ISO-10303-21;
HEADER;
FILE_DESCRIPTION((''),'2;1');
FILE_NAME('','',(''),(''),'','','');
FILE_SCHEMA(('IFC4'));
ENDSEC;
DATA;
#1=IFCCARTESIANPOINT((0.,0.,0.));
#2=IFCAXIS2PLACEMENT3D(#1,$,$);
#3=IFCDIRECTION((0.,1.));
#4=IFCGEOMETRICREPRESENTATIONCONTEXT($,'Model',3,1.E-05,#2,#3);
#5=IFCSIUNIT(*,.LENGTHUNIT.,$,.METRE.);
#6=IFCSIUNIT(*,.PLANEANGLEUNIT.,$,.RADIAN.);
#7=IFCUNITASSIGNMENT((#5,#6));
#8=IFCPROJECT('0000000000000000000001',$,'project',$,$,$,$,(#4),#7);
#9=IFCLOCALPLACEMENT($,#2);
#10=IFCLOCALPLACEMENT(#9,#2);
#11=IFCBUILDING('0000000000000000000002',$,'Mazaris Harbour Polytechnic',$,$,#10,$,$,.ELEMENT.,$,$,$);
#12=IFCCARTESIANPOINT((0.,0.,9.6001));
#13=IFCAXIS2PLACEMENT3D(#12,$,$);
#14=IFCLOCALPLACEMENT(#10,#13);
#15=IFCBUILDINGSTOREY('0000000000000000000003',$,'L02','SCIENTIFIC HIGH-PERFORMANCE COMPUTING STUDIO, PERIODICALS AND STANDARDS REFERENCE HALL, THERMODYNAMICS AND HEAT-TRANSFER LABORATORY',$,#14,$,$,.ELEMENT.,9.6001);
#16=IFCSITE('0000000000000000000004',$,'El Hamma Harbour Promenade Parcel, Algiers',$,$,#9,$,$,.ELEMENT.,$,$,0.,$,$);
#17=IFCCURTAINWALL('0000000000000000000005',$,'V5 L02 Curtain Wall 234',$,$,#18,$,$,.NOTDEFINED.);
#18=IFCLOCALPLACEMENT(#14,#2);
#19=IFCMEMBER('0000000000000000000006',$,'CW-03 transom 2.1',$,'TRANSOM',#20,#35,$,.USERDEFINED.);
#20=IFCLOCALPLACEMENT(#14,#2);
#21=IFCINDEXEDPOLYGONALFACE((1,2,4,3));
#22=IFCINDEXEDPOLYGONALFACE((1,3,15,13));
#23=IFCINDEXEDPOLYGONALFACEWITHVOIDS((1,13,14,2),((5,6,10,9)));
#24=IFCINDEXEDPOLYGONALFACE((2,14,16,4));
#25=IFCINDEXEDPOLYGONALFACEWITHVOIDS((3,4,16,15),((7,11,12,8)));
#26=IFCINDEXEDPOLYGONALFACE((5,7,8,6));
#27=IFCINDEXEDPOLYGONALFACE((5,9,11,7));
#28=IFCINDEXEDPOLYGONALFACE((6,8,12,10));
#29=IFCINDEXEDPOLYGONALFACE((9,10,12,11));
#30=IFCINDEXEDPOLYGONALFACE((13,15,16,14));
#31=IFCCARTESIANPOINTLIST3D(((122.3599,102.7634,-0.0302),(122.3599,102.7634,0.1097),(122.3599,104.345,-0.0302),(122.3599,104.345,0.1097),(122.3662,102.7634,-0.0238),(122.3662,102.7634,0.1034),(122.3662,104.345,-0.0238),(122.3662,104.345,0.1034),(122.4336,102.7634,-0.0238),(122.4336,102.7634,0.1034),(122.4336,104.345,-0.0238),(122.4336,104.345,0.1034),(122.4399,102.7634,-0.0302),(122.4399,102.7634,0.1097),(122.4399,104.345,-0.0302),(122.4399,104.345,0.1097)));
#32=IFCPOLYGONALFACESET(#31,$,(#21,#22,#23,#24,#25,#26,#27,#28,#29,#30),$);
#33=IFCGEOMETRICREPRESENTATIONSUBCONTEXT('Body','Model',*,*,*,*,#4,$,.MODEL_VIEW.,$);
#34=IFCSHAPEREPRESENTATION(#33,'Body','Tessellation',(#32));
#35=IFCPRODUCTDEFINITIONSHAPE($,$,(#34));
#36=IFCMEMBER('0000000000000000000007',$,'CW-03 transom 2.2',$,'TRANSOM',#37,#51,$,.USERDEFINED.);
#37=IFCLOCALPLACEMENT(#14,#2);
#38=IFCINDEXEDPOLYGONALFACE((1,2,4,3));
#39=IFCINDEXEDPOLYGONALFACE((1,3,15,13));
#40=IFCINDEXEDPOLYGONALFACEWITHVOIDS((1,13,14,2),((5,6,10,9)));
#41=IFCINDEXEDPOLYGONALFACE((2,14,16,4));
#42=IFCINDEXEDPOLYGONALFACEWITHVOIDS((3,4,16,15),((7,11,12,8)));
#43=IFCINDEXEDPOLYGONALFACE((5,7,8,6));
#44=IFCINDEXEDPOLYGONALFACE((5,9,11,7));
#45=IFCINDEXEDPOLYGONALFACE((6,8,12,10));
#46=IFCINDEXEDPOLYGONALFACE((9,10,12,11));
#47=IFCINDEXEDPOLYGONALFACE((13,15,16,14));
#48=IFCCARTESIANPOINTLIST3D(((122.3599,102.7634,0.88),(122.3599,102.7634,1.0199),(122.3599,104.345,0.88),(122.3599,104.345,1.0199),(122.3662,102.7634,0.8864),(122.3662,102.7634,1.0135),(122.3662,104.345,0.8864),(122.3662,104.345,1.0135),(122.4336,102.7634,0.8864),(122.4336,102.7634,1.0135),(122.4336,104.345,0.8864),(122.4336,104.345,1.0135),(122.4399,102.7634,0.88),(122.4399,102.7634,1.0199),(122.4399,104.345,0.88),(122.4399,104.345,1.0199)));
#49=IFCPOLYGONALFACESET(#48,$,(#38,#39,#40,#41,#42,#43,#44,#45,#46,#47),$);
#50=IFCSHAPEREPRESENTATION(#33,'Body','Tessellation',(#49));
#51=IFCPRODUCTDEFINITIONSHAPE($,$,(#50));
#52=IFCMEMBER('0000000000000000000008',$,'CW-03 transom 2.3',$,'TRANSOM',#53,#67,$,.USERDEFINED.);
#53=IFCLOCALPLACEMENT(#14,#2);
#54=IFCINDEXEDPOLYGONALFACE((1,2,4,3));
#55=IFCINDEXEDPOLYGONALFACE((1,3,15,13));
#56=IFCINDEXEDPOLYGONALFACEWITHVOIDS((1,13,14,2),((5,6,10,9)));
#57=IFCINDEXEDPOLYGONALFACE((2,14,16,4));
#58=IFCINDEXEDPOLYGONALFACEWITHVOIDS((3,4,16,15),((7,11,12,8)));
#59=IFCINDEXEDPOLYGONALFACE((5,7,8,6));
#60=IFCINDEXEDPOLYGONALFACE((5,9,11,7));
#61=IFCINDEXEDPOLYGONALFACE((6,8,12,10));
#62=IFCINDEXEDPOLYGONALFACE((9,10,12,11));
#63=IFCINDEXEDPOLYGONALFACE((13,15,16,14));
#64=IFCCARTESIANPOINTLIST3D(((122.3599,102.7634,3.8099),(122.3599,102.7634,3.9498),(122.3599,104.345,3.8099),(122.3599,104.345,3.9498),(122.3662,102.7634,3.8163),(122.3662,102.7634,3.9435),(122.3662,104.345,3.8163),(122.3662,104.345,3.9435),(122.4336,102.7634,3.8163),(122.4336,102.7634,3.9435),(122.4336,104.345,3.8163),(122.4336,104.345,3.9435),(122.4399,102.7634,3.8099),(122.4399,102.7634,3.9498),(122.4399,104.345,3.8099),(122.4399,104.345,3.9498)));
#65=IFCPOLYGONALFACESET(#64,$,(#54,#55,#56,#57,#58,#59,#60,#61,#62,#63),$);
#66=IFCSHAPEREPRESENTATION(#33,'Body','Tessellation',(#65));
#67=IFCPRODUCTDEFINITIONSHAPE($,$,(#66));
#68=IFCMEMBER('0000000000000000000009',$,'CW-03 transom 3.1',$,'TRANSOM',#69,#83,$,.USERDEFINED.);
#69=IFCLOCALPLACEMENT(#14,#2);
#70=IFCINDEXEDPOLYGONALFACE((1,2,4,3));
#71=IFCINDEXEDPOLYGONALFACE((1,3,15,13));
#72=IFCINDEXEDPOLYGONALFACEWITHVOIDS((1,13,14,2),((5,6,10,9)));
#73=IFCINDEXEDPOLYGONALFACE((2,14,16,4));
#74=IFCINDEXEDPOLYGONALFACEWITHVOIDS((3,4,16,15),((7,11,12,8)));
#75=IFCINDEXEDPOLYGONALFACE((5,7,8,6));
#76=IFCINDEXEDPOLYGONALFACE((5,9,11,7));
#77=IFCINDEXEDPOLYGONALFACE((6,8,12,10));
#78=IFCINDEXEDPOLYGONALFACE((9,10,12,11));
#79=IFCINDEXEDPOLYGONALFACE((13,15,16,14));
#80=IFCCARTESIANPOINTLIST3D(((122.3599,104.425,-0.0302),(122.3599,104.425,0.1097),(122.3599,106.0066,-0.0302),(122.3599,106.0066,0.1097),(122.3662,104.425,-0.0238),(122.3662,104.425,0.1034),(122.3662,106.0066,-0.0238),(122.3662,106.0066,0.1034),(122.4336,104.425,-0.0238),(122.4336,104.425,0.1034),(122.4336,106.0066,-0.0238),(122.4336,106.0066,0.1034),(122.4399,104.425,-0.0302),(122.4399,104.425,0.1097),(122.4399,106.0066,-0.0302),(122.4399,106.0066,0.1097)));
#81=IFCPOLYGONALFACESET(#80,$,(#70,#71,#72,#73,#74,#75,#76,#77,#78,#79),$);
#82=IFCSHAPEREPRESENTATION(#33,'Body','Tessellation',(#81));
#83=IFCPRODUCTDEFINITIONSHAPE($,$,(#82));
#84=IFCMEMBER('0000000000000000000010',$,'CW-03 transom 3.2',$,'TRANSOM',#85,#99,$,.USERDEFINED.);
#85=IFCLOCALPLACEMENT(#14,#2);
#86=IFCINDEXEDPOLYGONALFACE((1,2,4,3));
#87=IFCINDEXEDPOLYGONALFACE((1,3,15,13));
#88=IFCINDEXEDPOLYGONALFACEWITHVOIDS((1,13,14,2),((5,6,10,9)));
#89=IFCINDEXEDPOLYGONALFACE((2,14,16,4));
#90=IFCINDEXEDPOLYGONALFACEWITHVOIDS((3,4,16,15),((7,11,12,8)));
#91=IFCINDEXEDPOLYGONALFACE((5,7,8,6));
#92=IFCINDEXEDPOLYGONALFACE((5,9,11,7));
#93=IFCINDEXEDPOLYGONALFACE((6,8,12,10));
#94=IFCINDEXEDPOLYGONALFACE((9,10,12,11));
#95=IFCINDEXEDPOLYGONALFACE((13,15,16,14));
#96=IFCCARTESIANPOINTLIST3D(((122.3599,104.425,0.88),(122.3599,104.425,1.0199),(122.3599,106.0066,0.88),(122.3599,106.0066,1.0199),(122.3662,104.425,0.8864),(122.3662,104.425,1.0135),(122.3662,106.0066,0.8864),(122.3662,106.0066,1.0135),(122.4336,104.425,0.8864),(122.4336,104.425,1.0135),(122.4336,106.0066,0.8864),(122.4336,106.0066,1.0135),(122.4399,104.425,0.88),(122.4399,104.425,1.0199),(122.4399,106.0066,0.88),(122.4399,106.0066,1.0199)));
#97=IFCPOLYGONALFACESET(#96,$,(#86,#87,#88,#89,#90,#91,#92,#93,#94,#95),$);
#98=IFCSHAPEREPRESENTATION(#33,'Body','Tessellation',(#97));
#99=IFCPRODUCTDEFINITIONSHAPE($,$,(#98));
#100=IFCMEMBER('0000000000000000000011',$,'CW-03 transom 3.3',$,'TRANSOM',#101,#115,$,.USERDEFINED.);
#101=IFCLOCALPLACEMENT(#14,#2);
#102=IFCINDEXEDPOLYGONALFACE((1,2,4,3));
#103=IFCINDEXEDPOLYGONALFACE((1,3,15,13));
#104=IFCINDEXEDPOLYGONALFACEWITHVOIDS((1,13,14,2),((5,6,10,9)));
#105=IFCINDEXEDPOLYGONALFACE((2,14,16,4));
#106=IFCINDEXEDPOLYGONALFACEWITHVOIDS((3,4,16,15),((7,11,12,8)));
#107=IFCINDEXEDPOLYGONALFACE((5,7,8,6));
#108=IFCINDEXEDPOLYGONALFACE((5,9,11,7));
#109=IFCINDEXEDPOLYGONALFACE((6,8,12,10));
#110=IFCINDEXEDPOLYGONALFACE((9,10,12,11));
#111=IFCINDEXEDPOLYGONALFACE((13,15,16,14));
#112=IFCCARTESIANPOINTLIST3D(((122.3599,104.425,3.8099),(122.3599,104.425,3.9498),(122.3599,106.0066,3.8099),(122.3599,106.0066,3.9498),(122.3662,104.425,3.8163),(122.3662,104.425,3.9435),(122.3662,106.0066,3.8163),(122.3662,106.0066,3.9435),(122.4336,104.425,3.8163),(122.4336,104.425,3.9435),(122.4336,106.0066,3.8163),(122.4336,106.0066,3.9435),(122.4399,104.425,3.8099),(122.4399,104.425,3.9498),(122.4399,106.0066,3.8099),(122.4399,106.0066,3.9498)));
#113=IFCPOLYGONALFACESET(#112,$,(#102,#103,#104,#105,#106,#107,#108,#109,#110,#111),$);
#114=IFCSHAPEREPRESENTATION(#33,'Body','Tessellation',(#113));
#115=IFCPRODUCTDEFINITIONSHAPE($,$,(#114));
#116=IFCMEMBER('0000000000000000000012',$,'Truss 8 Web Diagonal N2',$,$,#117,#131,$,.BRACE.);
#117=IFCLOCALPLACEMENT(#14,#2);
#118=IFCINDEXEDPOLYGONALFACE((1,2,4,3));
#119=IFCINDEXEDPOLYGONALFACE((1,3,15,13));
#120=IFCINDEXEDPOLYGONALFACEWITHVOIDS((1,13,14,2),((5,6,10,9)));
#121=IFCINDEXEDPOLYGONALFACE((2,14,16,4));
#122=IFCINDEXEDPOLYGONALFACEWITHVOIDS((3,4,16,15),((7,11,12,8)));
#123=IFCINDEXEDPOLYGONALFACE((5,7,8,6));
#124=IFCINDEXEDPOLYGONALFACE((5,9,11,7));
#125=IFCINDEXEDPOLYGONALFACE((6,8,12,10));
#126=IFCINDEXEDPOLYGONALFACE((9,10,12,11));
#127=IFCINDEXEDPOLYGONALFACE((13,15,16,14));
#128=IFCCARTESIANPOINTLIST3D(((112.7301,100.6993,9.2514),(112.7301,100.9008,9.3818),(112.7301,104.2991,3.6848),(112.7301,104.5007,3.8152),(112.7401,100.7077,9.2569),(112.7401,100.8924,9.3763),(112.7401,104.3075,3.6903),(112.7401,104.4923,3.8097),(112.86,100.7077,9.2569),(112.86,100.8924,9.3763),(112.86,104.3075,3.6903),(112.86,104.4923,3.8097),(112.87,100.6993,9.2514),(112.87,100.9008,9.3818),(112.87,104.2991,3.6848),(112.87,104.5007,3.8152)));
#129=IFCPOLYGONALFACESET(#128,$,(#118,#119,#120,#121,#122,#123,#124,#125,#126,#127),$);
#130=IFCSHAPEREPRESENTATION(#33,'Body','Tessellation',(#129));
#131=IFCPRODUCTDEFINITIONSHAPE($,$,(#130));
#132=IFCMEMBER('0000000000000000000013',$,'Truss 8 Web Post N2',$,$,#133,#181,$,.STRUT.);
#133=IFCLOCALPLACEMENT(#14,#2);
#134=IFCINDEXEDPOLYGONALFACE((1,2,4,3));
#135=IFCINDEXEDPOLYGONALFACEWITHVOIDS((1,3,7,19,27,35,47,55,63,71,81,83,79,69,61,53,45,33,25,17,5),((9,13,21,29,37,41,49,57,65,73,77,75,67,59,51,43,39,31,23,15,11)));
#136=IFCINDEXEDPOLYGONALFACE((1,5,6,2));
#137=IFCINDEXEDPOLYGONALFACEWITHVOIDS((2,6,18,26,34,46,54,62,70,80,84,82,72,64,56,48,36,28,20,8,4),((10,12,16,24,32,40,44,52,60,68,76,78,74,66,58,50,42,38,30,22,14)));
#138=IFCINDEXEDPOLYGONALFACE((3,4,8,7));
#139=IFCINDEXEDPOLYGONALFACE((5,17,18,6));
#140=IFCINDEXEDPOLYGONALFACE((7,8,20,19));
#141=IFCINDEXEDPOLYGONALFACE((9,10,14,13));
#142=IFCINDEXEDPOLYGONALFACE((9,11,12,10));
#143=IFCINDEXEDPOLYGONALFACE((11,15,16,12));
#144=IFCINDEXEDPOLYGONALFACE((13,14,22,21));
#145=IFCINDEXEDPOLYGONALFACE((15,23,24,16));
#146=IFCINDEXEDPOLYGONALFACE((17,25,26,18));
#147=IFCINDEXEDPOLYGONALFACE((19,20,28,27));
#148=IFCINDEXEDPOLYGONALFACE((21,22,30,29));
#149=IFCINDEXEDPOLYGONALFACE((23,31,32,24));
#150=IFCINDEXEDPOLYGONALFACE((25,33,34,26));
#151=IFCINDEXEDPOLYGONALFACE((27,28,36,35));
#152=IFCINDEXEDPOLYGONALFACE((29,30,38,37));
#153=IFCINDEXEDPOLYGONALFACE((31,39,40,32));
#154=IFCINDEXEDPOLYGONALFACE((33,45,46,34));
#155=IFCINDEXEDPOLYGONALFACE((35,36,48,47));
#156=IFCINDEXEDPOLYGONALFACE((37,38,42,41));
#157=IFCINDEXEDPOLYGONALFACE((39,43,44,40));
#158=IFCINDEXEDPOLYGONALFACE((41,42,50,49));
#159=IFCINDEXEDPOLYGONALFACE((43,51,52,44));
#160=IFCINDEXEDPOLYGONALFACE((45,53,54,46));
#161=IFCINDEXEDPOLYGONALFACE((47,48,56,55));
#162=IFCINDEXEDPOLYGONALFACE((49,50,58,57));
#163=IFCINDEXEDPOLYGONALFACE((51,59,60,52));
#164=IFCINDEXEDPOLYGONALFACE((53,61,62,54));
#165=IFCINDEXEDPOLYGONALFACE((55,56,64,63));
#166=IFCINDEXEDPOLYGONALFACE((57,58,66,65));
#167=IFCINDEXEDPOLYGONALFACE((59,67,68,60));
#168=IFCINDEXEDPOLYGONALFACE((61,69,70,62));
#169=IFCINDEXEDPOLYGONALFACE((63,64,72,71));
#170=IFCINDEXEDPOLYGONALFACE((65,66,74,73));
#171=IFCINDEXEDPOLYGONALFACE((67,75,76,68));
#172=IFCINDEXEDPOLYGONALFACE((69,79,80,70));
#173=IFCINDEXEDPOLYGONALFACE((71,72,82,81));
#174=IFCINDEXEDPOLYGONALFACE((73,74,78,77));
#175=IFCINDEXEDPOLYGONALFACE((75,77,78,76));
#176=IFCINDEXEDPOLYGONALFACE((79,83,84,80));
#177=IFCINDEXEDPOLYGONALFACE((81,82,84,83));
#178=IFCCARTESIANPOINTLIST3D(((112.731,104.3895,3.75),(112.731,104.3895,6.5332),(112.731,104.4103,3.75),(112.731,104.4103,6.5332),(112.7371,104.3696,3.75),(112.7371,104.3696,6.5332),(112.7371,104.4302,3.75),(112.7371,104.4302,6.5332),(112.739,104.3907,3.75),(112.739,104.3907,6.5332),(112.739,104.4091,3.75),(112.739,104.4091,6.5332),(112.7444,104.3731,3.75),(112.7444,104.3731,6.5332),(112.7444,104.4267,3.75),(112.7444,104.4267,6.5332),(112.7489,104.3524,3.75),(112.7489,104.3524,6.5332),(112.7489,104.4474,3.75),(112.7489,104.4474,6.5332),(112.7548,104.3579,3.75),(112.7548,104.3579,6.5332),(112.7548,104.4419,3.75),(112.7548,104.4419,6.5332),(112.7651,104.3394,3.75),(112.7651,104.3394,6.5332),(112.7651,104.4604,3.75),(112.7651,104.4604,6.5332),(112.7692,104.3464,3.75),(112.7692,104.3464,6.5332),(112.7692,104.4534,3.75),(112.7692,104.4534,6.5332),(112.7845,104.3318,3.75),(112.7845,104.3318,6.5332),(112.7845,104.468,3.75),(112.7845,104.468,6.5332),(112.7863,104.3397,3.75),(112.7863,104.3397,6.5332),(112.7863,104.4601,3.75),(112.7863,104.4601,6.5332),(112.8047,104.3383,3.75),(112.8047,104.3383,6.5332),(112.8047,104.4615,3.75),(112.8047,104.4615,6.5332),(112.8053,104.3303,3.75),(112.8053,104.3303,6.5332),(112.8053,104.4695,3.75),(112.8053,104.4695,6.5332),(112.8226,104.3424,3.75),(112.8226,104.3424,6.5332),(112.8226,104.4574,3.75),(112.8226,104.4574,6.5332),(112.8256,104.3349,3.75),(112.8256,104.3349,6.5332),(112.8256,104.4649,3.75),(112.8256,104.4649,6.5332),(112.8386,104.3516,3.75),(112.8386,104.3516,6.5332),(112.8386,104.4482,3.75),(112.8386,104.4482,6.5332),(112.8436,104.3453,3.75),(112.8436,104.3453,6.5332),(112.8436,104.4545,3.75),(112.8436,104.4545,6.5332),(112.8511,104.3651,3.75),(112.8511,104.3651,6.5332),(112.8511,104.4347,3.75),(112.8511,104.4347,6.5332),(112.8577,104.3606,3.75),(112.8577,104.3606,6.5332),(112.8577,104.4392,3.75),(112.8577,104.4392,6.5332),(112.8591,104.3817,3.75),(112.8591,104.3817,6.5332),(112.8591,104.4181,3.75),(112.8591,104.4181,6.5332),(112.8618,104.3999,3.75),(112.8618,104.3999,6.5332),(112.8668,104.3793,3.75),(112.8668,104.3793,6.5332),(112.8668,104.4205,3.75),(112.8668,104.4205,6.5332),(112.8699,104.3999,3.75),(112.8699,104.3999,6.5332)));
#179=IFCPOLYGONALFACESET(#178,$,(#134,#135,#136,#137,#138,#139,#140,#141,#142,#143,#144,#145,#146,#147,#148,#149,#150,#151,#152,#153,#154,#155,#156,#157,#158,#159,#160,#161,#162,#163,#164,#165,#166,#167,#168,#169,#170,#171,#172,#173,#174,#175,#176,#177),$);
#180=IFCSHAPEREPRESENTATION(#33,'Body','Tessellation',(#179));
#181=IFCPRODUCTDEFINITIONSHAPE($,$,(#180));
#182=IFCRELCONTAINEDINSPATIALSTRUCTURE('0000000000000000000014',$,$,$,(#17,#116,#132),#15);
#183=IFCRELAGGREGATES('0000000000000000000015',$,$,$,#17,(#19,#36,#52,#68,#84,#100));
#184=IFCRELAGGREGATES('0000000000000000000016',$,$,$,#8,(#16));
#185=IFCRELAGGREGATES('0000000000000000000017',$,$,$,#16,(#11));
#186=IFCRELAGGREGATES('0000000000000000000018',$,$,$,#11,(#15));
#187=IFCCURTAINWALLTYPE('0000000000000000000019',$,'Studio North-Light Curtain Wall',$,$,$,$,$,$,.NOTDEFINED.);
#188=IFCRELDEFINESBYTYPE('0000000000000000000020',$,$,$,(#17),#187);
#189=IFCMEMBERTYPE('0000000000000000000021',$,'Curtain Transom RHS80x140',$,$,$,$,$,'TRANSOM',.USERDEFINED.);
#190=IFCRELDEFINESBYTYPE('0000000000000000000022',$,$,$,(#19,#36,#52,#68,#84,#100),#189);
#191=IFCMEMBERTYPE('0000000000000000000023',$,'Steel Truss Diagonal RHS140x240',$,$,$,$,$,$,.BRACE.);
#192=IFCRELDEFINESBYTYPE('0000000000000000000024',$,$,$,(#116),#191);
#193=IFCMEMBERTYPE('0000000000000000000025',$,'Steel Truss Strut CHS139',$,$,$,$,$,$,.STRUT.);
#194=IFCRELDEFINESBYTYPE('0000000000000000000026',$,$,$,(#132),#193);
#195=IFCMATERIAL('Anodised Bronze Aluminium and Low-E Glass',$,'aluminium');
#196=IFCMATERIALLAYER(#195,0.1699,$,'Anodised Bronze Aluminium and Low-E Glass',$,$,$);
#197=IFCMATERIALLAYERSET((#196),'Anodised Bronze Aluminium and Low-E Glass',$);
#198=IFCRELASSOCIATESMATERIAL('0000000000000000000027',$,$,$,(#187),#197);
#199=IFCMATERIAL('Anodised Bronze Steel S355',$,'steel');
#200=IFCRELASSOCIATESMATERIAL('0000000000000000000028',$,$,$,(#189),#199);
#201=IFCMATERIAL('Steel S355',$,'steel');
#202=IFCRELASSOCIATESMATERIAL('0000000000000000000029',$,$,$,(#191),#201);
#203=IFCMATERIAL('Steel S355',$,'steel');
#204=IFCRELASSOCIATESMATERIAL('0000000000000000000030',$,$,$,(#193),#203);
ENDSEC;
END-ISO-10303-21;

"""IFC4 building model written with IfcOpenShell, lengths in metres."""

from ifc_helpers import new_model, si_unit, direction, frame, origin, origin_2d, place, context, subcontext, project, spatial, hollow_rectangle, hollow_circle, extrude, material, layer, layer_set, material_profile, profile_set, type_object, element, aggregate, save


model = new_model("IFC4")

# Units and contexts
model_context = context("Model", 3, precision=1e-05, world=origin(), true_north=direction((0.0, 1.0)))
body_context = subcontext(model_context, "Body", "Model", "MODEL_VIEW")
ifc_project = project(units=[si_unit("LENGTHUNIT", "METRE"), si_unit("PLANEANGLEUNIT", "RADIAN")], contexts=[model_context])

# Site, building, storey
site_placement = place(None, origin())
site = spatial("IfcSite", under=ifc_project, at=site_placement, Name="El Hamma Harbour Promenade Parcel, Algiers", CompositionType="ELEMENT", RefElevation=0.0)
building_placement = place(site_placement, origin())
building = spatial("IfcBuilding", under=site, at=building_placement, Name="Mazaris Harbour Polytechnic", CompositionType="ELEMENT")
storey_placement = place(building_placement, frame((0.0, 0.0, 9.6001)))
storey = spatial("IfcBuildingStorey", under=building, at=storey_placement, Name="L02", Description="SCIENTIFIC HIGH-PERFORMANCE COMPUTING STUDIO, PERIODICALS AND STANDARDS REFERENCE HALL, THERMODYNAMICS AND HEAT-TRANSFER LABORATORY", CompositionType="ELEMENT", Elevation=9.6001)

# Curtain wall
ifc_material_1 = material(Name="Anodised Bronze Aluminium and Low-E Glass", Category="aluminium")
ifc_layer_1 = layer(ifc_material_1, 0.1699, Name="Anodised Bronze Aluminium and Low-E Glass")
ifc_layer_set_1 = layer_set([ifc_layer_1], Name="Anodised Bronze Aluminium and Low-E Glass")
curtain_wall_type_1 = type_object("IfcCurtainWallType", Name="Studio North-Light Curtain Wall", PredefinedType="NOTDEFINED", material=ifc_layer_set_1)
curtain_wall_1_placement = place(storey_placement, origin())
curtain_wall_1 = element("IfcCurtainWall", 1, at=curtain_wall_1_placement, inside=storey, type_object=curtain_wall_type_1, Name="V5 L02 Curtain Wall 234", PredefinedType="NOTDEFINED")

# Members
ifc_material_2 = material(Name="Anodised Bronze Steel S355", Category="steel")
ifc_material_profile_1 = material_profile(ifc_material_2, hollow_rectangle(XDim=0.0801, YDim=0.1399, WallThickness=0.0063, at=origin_2d()), Name="RHS 80x140x6.3")
ifc_profile_set_1 = profile_set([ifc_material_profile_1], Name="Anodised Bronze Steel S355")
member_type_1 = type_object("IfcMemberType", Name="Curtain Transom RHS80x140", ElementType="TRANSOM", PredefinedType="USERDEFINED", material=ifc_profile_set_1)
member_1_placement = place(storey_placement, frame((122.3999, 102.7634, 0.0398), z_axis=(0.0, 1.0, 0.0), x_axis=(-1.0, 0.0, 0.0)))
member_1 = element("IfcMember", 2, at=member_1_placement, type_object=member_type_1, Name="CW-03 transom 2.1", ObjectType="TRANSOM", PredefinedType="USERDEFINED", context=body_context, shape_type="SweptSolid", body=[
    extrude(hollow_rectangle(XDim=0.0801, YDim=0.1399, WallThickness=0.0063, at=origin_2d()), origin(), (0.0, 0.0, 1.0), 1.5815),
])
member_2_placement = place(storey_placement, frame((122.3999, 102.7634, 0.95), z_axis=(0.0, 1.0, 0.0), x_axis=(-1.0, 0.0, 0.0)))
member_2 = element("IfcMember", 3, at=member_2_placement, type_object=member_type_1, Name="CW-03 transom 2.2", ObjectType="TRANSOM", PredefinedType="USERDEFINED", context=body_context, shape_type="SweptSolid", body=[
    extrude(hollow_rectangle(XDim=0.0801, YDim=0.1399, WallThickness=0.0063, at=origin_2d()), origin(), (0.0, 0.0, 1.0), 1.5815),
])
member_3_placement = place(storey_placement, frame((122.3999, 102.7634, 3.8799), z_axis=(0.0, 1.0, 0.0), x_axis=(-1.0, 0.0, 0.0)))
member_3 = element("IfcMember", 4, at=member_3_placement, type_object=member_type_1, Name="CW-03 transom 2.3", ObjectType="TRANSOM", PredefinedType="USERDEFINED", context=body_context, shape_type="SweptSolid", body=[
    extrude(hollow_rectangle(XDim=0.0801, YDim=0.1399, WallThickness=0.0063, at=origin_2d()), origin(), (0.0, 0.0, 1.0), 1.5815),
])
member_4_placement = place(storey_placement, frame((122.3999, 104.425, 0.0398), z_axis=(0.0, 1.0, 0.0), x_axis=(-1.0, 0.0, 0.0)))
member_4 = element("IfcMember", 5, at=member_4_placement, type_object=member_type_1, Name="CW-03 transom 3.1", ObjectType="TRANSOM", PredefinedType="USERDEFINED", context=body_context, shape_type="SweptSolid", body=[
    extrude(hollow_rectangle(XDim=0.0801, YDim=0.1399, WallThickness=0.0063, at=origin_2d()), origin(), (0.0, 0.0, 1.0), 1.5815),
])
member_5_placement = place(storey_placement, frame((122.3999, 104.425, 0.95), z_axis=(0.0, 1.0, 0.0), x_axis=(-1.0, 0.0, 0.0)))
member_5 = element("IfcMember", 6, at=member_5_placement, type_object=member_type_1, Name="CW-03 transom 3.2", ObjectType="TRANSOM", PredefinedType="USERDEFINED", context=body_context, shape_type="SweptSolid", body=[
    extrude(hollow_rectangle(XDim=0.0801, YDim=0.1399, WallThickness=0.0063, at=origin_2d()), origin(), (0.0, 0.0, 1.0), 1.5815),
])
member_6_placement = place(storey_placement, frame((122.3999, 104.425, 3.8799), z_axis=(0.0, 1.0, 0.0), x_axis=(-1.0, 0.0, 0.0)))
member_6 = element("IfcMember", 7, at=member_6_placement, type_object=member_type_1, Name="CW-03 transom 3.3", ObjectType="TRANSOM", PredefinedType="USERDEFINED", context=body_context, shape_type="SweptSolid", body=[
    extrude(hollow_rectangle(XDim=0.0801, YDim=0.1399, WallThickness=0.0063, at=origin_2d()), origin(), (0.0, 0.0, 1.0), 1.5815),
])

# Members
ifc_material_3 = material(Name="Steel S355", Category="steel")
ifc_material_profile_2 = material_profile(ifc_material_3, hollow_rectangle(XDim=0.1399, YDim=0.24, WallThickness=0.01, at=origin_2d()), Name="RHS 140x240x10.0")
ifc_profile_set_2 = profile_set([ifc_material_profile_2], Name="Steel S355")
member_type_2 = type_object("IfcMemberType", Name="Steel Truss Diagonal RHS140x240", PredefinedType="BRACE", material=ifc_profile_set_2)
member_7_placement = place(storey_placement, frame((112.8, 104.3999, 3.75), z_axis=(0.0, -0.543028, 0.839714), x_axis=(1.0, 0.0, 0.0)))
element("IfcMember", 8, at=member_7_placement, inside=storey, type_object=member_type_2, Name="Truss 8 Web Diagonal N2", PredefinedType="BRACE", context=body_context, shape_type="SweptSolid", body=[
    extrude(hollow_rectangle(XDim=0.1399, YDim=0.24, WallThickness=0.01, at=origin_2d()), origin(), (0.0, 0.0, 1.0), 6.6292),
])
ifc_material_4 = material(Name="Steel S355", Category="steel")
ifc_material_profile_3 = material_profile(ifc_material_4, hollow_circle(Radius=0.0698, WallThickness=0.0081, at=origin_2d()), Name="CHS 139.7x8.0")
ifc_profile_set_3 = profile_set([ifc_material_profile_3], Name="Steel S355")
member_type_3 = type_object("IfcMemberType", Name="Steel Truss Strut CHS139", PredefinedType="STRUT", material=ifc_profile_set_3)
member_8_placement = place(storey_placement, frame((112.8, 104.3999, 3.75), z_axis=(0.0, 0.0, 1.0), x_axis=(1.0, 0.0, 0.0)))
element("IfcMember", 9, at=member_8_placement, inside=storey, type_object=member_type_3, Name="Truss 8 Web Post N2", PredefinedType="STRUT", context=body_context, shape_type="SweptSolid", body=[
    extrude(hollow_circle(Radius=0.0698, WallThickness=0.0081, at=origin_2d()), origin(), (0.0, 0.0, 1.0), 2.7832),
])

aggregate(curtain_wall_1, [member_1, member_2, member_3, member_4, member_5, member_6])

save(model, "model.ifc")
